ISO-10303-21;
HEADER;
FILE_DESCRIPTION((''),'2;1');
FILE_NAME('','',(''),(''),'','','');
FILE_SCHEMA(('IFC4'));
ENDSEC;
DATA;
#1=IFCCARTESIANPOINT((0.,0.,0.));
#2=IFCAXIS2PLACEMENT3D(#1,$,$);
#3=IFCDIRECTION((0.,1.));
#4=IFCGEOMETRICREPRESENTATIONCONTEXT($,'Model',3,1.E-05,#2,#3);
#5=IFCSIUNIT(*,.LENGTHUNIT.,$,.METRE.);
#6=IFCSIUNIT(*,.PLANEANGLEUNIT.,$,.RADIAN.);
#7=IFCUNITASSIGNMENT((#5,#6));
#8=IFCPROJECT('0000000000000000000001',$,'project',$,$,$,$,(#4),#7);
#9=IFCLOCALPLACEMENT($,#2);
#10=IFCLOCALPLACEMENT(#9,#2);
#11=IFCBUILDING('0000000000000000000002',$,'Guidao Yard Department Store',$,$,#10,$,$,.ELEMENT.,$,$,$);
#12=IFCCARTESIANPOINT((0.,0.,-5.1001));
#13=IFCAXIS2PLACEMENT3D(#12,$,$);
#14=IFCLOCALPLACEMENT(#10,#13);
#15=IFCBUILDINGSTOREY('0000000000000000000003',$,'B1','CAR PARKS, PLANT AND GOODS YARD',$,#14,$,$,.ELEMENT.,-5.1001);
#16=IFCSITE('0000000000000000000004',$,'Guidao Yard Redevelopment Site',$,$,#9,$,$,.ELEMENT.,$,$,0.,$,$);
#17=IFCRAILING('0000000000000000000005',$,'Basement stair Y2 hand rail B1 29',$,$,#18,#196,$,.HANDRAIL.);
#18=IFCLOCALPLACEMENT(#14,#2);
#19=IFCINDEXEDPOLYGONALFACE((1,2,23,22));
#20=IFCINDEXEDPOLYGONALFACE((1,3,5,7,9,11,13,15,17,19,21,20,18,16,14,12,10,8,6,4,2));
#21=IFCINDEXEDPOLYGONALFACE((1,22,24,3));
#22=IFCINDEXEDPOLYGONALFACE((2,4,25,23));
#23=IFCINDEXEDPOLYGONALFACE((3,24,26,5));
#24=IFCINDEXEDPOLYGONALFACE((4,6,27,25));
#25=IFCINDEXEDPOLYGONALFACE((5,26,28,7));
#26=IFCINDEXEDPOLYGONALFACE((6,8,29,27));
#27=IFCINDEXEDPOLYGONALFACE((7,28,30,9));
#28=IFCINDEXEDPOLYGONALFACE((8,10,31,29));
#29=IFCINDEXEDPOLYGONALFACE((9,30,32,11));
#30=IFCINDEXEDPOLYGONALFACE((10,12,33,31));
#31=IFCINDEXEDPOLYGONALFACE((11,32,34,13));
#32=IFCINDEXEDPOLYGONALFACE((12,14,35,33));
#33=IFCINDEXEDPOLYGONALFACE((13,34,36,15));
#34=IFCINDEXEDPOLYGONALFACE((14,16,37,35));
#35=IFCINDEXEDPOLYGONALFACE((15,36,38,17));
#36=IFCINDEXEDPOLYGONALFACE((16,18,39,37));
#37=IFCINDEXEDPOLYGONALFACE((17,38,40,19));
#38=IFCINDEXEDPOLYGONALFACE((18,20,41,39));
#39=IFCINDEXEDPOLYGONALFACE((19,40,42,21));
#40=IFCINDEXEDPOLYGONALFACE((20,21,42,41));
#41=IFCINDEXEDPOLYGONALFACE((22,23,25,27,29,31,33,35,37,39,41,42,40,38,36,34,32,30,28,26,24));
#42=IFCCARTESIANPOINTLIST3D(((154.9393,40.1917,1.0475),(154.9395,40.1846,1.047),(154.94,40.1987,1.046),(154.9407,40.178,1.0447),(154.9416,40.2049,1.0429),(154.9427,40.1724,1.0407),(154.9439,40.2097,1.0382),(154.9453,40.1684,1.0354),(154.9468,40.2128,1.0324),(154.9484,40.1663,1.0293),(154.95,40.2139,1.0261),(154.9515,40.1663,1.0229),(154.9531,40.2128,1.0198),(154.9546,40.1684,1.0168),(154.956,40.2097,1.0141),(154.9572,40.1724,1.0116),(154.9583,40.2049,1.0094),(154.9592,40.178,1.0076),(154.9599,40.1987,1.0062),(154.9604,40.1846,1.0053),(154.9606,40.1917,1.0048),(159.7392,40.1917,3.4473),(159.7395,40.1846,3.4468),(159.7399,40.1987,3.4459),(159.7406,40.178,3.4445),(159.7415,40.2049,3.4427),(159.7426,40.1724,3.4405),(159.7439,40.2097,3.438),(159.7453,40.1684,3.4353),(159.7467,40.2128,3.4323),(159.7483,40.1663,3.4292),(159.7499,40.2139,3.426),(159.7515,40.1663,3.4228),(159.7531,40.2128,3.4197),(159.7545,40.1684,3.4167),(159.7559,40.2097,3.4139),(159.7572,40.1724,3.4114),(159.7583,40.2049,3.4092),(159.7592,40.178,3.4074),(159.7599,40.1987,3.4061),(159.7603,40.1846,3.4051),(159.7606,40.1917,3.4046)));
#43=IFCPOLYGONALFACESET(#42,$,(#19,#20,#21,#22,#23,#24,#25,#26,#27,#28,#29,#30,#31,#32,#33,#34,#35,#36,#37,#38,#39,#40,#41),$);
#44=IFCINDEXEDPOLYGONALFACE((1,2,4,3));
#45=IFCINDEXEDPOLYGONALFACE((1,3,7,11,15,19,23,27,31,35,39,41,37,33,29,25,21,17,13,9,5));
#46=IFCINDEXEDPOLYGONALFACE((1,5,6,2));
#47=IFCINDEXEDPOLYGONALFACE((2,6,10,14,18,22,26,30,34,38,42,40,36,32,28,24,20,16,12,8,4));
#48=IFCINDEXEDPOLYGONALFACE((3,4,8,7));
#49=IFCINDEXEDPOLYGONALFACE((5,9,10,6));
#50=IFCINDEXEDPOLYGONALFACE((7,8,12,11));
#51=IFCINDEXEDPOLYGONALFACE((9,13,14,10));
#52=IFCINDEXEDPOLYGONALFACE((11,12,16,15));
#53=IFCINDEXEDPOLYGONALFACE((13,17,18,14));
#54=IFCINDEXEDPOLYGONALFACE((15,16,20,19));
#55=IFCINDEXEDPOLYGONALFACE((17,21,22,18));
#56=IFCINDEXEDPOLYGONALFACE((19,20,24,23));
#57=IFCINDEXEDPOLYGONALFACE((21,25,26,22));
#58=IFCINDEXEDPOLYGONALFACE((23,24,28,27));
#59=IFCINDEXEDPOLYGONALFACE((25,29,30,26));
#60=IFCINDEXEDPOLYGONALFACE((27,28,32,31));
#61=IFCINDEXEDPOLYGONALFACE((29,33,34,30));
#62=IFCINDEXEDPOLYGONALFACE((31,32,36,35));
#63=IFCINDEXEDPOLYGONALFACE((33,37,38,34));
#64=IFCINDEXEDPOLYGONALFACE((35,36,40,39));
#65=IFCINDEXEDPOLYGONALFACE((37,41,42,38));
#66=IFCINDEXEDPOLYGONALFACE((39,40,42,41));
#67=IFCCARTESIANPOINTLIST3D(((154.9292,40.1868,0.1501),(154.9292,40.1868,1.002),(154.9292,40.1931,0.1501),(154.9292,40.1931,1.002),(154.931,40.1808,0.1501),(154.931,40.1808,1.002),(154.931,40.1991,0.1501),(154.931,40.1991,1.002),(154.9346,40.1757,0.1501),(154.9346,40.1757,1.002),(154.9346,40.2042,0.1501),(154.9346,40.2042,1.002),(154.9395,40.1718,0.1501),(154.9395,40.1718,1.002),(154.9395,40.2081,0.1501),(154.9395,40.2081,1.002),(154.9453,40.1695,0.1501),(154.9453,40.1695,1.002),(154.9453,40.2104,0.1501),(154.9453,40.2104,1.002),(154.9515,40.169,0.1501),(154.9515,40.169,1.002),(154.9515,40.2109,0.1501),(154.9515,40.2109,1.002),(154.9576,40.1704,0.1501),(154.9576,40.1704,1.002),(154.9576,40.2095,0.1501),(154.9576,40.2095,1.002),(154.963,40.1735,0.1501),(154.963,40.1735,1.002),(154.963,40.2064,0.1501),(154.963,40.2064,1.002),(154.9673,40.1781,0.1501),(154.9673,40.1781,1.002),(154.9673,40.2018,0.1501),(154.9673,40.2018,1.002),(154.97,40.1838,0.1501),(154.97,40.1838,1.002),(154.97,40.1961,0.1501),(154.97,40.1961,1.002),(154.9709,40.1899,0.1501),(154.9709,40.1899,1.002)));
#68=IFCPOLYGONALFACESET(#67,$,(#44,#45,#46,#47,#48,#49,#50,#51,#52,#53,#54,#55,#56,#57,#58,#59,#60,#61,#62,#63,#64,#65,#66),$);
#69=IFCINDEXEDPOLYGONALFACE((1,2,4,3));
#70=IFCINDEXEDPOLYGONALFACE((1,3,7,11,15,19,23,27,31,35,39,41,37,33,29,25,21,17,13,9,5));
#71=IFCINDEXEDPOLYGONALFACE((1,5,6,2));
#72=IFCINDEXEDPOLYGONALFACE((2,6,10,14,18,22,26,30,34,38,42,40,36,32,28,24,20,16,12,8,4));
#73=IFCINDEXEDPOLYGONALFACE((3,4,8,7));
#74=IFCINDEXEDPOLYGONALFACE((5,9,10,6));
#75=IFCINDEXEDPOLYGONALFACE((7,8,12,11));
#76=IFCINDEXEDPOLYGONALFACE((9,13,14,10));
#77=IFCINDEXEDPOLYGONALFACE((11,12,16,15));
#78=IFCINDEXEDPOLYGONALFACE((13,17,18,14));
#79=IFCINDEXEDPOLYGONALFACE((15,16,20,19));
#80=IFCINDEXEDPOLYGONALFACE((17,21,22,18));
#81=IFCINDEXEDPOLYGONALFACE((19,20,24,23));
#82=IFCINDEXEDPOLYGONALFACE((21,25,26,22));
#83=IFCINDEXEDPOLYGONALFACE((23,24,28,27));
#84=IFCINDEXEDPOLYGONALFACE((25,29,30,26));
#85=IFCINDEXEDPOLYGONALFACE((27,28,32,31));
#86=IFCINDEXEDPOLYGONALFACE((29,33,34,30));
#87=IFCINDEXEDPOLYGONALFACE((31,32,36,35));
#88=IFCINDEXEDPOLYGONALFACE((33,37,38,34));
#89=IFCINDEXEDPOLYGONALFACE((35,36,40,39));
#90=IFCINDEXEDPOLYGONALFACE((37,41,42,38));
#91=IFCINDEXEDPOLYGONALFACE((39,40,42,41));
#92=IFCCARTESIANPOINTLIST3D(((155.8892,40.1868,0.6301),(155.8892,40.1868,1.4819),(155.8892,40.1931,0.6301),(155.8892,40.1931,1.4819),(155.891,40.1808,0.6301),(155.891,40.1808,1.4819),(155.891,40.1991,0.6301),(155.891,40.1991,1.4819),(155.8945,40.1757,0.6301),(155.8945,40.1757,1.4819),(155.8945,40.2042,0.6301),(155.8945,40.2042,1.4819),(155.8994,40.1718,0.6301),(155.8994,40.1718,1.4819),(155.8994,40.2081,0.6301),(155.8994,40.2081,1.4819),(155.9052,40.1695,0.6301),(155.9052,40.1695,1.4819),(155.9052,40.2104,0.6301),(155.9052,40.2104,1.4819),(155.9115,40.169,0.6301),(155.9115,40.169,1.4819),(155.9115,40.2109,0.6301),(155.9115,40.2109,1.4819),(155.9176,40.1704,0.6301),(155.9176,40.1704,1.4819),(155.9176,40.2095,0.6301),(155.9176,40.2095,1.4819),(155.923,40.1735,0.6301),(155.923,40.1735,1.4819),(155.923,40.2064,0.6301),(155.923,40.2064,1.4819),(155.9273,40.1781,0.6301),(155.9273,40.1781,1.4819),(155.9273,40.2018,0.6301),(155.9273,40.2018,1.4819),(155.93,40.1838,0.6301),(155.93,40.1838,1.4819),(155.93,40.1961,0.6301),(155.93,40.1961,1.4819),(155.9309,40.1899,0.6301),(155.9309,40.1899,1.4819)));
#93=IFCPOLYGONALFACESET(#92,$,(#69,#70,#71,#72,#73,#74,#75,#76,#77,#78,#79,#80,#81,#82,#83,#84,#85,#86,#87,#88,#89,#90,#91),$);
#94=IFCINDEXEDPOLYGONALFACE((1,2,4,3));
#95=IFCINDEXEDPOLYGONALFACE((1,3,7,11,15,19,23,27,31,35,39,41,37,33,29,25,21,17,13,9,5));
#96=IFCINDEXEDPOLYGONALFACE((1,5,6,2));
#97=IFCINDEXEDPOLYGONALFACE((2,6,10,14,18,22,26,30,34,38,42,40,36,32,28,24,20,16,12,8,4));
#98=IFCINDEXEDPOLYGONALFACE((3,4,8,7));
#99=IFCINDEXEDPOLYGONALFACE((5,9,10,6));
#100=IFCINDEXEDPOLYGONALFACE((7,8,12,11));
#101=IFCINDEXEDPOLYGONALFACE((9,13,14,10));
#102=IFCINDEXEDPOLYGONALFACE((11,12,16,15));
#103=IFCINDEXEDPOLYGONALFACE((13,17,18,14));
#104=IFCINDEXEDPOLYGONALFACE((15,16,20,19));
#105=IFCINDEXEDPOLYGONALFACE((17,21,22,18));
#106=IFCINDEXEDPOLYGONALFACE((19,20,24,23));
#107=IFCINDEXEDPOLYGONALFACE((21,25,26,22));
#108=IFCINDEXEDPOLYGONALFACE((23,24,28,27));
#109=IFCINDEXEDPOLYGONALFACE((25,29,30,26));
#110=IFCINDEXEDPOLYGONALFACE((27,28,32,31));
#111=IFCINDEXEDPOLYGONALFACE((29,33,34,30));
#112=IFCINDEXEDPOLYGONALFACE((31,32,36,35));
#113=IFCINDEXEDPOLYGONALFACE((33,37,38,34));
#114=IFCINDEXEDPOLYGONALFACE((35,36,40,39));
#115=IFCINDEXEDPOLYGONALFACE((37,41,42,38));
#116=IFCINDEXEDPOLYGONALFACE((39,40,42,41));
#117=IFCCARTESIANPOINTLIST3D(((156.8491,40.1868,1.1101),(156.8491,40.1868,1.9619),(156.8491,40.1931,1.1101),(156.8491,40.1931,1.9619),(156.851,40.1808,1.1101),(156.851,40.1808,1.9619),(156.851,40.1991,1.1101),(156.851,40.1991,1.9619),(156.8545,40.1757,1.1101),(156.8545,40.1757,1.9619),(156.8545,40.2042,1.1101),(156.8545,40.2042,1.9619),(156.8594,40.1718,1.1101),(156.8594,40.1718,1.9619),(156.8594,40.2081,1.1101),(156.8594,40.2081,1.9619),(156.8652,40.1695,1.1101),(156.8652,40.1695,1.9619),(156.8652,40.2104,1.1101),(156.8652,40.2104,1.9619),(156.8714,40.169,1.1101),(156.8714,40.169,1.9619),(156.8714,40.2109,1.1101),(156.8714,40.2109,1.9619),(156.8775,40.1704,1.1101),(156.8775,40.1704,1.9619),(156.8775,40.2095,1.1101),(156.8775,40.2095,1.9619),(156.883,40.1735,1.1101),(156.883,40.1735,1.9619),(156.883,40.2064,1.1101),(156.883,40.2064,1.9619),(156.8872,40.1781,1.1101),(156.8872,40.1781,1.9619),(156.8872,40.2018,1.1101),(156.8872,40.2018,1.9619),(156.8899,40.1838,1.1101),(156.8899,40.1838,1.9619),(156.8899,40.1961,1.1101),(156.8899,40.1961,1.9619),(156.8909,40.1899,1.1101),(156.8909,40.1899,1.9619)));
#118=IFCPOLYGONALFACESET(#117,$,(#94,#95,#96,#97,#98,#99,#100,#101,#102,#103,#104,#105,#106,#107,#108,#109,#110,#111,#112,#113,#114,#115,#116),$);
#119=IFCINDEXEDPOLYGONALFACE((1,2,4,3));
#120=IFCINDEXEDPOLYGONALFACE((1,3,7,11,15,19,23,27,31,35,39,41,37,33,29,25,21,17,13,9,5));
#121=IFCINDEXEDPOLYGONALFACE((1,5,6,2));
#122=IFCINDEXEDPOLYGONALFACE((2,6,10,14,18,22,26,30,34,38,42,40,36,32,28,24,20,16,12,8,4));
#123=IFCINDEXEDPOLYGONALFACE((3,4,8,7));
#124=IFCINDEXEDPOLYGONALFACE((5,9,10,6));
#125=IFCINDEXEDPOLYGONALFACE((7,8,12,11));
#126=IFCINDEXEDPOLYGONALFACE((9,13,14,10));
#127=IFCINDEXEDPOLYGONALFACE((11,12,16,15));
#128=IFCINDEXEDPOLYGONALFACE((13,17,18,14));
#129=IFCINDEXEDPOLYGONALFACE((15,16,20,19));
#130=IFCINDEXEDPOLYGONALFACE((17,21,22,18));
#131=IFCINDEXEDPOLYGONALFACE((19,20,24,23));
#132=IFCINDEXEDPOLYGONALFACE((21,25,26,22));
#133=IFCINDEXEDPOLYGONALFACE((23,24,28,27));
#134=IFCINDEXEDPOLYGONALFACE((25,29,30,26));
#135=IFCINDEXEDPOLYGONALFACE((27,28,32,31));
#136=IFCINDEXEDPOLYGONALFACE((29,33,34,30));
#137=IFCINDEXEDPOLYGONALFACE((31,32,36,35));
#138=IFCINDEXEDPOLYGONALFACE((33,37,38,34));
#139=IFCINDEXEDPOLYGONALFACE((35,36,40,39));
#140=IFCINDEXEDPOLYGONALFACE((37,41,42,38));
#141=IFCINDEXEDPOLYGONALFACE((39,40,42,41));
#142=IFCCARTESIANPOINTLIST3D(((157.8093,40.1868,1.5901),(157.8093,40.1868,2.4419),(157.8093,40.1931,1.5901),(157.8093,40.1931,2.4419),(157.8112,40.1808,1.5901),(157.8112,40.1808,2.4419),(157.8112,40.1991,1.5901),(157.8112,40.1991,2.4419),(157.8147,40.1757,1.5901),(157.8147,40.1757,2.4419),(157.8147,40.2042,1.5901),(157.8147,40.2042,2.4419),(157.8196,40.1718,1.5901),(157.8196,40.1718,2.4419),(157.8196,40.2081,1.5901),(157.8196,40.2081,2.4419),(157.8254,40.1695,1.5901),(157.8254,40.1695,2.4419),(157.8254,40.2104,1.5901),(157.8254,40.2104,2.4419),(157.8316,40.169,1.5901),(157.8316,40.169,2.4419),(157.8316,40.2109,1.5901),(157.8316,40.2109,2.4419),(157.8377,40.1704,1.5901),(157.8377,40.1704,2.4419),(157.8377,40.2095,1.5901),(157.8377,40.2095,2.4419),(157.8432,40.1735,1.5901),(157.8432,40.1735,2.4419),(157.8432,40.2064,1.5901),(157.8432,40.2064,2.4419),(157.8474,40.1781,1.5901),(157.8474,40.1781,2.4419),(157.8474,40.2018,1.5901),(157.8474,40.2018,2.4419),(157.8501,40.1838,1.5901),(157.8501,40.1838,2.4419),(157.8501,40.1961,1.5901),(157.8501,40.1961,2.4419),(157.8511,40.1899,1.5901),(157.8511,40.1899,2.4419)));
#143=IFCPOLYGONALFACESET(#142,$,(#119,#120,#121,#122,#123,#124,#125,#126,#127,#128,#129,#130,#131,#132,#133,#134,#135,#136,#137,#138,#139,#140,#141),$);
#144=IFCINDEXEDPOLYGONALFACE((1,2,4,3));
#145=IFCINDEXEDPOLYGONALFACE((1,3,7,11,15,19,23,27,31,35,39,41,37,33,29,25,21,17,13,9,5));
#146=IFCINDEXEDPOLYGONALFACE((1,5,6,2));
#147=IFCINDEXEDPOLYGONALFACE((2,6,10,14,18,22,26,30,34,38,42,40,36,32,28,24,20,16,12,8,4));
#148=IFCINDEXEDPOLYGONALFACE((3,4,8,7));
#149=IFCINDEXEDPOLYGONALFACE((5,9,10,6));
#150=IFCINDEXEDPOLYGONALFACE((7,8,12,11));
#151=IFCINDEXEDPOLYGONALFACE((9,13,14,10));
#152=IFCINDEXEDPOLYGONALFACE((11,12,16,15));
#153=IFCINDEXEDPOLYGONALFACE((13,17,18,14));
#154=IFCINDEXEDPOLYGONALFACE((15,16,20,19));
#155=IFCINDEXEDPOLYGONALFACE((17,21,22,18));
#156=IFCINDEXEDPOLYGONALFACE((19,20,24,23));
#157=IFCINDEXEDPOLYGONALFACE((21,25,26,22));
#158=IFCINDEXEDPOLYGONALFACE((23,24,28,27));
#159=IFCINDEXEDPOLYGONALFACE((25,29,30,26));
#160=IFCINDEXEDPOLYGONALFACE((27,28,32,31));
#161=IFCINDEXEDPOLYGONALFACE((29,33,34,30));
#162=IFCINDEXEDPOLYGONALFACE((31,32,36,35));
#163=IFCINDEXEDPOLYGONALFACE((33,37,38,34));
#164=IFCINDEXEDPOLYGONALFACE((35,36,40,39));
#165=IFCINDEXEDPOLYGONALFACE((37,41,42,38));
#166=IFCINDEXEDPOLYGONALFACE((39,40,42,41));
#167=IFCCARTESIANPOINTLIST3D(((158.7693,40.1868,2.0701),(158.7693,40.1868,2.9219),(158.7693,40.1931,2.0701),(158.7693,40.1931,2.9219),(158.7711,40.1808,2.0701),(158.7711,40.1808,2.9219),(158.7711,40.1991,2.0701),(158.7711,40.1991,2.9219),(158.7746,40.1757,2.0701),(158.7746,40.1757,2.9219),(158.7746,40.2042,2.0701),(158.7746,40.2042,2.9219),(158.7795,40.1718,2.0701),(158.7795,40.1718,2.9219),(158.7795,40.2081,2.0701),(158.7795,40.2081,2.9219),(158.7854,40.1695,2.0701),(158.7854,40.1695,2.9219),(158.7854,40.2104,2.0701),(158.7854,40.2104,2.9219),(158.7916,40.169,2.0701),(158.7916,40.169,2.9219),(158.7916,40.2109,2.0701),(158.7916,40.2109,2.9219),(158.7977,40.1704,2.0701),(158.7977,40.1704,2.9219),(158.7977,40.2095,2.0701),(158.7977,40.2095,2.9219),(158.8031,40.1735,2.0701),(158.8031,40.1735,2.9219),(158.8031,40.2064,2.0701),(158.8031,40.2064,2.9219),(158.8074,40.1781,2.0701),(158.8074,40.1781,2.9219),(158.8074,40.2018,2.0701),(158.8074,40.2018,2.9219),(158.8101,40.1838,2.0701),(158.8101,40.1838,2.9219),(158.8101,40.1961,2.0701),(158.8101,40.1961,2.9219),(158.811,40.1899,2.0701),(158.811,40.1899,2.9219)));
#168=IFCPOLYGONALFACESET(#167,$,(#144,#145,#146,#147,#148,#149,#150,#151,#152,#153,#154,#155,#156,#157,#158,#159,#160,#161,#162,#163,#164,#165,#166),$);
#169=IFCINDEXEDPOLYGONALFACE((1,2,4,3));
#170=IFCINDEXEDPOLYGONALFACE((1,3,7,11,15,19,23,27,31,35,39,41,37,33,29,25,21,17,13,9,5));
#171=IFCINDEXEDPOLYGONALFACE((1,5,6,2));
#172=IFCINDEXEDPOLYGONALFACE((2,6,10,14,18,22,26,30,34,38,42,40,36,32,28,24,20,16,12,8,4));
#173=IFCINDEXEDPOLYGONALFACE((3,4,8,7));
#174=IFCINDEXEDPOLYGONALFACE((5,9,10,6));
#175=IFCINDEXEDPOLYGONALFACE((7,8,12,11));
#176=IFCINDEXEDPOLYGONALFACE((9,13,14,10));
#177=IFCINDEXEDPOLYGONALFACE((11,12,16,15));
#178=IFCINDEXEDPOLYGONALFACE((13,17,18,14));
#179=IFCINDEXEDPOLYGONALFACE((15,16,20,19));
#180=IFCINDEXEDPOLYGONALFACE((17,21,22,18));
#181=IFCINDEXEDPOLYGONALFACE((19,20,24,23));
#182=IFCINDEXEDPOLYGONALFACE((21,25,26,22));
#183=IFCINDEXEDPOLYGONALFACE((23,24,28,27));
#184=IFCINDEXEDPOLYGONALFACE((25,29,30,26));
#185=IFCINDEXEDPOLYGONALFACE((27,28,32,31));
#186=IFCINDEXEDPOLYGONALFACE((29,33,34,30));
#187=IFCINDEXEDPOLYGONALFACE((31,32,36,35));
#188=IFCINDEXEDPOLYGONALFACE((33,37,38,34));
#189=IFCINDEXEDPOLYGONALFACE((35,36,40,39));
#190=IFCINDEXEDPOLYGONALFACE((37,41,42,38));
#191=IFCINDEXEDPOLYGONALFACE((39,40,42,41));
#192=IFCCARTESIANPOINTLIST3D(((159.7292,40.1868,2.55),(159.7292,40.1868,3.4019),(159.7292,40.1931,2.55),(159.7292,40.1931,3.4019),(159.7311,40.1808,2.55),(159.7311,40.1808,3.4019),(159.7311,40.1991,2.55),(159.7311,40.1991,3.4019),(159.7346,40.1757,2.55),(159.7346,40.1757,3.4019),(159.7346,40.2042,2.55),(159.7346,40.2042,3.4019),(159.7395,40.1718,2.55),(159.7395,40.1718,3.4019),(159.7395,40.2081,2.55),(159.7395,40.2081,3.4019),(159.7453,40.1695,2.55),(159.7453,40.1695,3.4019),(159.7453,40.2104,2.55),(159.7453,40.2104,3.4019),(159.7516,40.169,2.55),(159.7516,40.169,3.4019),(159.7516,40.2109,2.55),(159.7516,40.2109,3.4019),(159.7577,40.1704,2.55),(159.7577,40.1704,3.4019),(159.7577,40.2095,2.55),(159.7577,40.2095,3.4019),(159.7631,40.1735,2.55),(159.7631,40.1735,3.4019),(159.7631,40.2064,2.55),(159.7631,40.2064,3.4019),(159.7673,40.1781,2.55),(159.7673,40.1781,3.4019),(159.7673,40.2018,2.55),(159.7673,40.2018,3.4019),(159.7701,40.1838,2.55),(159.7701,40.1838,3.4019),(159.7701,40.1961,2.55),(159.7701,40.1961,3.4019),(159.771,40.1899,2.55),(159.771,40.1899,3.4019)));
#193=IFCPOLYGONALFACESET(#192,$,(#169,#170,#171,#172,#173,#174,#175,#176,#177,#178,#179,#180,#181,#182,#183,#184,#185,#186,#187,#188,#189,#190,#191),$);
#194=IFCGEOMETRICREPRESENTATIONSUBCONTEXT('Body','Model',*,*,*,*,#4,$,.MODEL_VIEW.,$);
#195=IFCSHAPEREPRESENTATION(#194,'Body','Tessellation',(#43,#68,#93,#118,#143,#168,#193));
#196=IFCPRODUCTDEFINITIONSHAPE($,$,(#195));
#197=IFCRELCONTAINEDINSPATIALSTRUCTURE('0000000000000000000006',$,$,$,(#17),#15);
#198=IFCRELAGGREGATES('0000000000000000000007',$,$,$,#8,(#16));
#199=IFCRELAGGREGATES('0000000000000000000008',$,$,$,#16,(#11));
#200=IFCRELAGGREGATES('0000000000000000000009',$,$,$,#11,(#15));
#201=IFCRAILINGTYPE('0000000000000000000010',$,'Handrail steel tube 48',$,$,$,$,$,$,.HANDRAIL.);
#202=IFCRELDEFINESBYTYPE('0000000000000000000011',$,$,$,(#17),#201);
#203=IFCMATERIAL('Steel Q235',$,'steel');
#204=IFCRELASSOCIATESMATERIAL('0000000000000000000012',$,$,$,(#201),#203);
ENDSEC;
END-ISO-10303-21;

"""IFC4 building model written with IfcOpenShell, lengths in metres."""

from ifc_helpers import new_model, si_unit, direction, frame, origin, origin_2d, place, context, subcontext, project, spatial, circle, extrude, material, type_object, element, save


model = new_model("IFC4")

# Units and contexts
model_context = context("Model", 3, precision=1e-05, world=origin(), true_north=direction((0.0, 1.0)))
body_context = subcontext(model_context, "Body", "Model", "MODEL_VIEW")
ifc_project = project(units=[si_unit("LENGTHUNIT", "METRE"), si_unit("PLANEANGLEUNIT", "RADIAN")], contexts=[model_context])

# Site, building, storey
site_placement = place(None, origin())
site = spatial("IfcSite", under=ifc_project, at=site_placement, Name="Guidao Yard Redevelopment Site", CompositionType="ELEMENT", RefElevation=0.0)
building_placement = place(site_placement, origin())
building = spatial("IfcBuilding", under=site, at=building_placement, Name="Guidao Yard Department Store", CompositionType="ELEMENT")
storey_placement = place(building_placement, frame((0.0, 0.0, -5.1001)))
storey = spatial("IfcBuildingStorey", under=building, at=storey_placement, Name="B1", Description="CAR PARKS, PLANT AND GOODS YARD", CompositionType="ELEMENT", Elevation=-5.1001)

# Railing
ifc_material_1 = material(Name="Steel Q235", Category="steel")
railing_type = type_object("IfcRailingType", Name="Handrail steel tube 48", PredefinedType="HANDRAIL", material=ifc_material_1)
for number, where, name in (
    (1, (154.95, 40.1899, 0.1501), "Basement stair Y2 hand rail B1 29"),
):
    element("IfcRailing", number, at=place(storey_placement, frame(where)), inside=storey, type_object=railing_type, Name=name, PredefinedType="HANDRAIL", context=body_context, shape_type="SweptSolid", body=[
        extrude(circle(Radius=0.0239, at=origin_2d()), frame((0.0, 0.0, 0.876), z_axis=(0.894436, 0.0, 0.447195), x_axis=(0.0, 1.0, 0.0)), (0.0, 0.0, 1.0), 5.3665),
        extrude(circle(Radius=0.021, at=origin_2d()), origin(), (0.0, 0.0, 1.0), 0.8518),
        extrude(circle(Radius=0.021, at=origin_2d()), frame((0.96, 0.0, 0.48)), (0.0, 0.0, 1.0), 0.8518),
        extrude(circle(Radius=0.021, at=origin_2d()), frame((1.9199, 0.0, 0.96)), (0.0, 0.0, 1.0), 0.8518),
        extrude(circle(Radius=0.021, at=origin_2d()), frame((2.8801, 0.0, 1.4399)), (0.0, 0.0, 1.0), 0.8518),
        extrude(circle(Radius=0.021, at=origin_2d()), frame((3.8401, 0.0, 1.9199)), (0.0, 0.0, 1.0), 0.8518),
        extrude(circle(Radius=0.021, at=origin_2d()), frame((4.8, 0.0, 2.3999)), (0.0, 0.0, 1.0), 0.8518),
    ])

save(model, "model.ifc")
